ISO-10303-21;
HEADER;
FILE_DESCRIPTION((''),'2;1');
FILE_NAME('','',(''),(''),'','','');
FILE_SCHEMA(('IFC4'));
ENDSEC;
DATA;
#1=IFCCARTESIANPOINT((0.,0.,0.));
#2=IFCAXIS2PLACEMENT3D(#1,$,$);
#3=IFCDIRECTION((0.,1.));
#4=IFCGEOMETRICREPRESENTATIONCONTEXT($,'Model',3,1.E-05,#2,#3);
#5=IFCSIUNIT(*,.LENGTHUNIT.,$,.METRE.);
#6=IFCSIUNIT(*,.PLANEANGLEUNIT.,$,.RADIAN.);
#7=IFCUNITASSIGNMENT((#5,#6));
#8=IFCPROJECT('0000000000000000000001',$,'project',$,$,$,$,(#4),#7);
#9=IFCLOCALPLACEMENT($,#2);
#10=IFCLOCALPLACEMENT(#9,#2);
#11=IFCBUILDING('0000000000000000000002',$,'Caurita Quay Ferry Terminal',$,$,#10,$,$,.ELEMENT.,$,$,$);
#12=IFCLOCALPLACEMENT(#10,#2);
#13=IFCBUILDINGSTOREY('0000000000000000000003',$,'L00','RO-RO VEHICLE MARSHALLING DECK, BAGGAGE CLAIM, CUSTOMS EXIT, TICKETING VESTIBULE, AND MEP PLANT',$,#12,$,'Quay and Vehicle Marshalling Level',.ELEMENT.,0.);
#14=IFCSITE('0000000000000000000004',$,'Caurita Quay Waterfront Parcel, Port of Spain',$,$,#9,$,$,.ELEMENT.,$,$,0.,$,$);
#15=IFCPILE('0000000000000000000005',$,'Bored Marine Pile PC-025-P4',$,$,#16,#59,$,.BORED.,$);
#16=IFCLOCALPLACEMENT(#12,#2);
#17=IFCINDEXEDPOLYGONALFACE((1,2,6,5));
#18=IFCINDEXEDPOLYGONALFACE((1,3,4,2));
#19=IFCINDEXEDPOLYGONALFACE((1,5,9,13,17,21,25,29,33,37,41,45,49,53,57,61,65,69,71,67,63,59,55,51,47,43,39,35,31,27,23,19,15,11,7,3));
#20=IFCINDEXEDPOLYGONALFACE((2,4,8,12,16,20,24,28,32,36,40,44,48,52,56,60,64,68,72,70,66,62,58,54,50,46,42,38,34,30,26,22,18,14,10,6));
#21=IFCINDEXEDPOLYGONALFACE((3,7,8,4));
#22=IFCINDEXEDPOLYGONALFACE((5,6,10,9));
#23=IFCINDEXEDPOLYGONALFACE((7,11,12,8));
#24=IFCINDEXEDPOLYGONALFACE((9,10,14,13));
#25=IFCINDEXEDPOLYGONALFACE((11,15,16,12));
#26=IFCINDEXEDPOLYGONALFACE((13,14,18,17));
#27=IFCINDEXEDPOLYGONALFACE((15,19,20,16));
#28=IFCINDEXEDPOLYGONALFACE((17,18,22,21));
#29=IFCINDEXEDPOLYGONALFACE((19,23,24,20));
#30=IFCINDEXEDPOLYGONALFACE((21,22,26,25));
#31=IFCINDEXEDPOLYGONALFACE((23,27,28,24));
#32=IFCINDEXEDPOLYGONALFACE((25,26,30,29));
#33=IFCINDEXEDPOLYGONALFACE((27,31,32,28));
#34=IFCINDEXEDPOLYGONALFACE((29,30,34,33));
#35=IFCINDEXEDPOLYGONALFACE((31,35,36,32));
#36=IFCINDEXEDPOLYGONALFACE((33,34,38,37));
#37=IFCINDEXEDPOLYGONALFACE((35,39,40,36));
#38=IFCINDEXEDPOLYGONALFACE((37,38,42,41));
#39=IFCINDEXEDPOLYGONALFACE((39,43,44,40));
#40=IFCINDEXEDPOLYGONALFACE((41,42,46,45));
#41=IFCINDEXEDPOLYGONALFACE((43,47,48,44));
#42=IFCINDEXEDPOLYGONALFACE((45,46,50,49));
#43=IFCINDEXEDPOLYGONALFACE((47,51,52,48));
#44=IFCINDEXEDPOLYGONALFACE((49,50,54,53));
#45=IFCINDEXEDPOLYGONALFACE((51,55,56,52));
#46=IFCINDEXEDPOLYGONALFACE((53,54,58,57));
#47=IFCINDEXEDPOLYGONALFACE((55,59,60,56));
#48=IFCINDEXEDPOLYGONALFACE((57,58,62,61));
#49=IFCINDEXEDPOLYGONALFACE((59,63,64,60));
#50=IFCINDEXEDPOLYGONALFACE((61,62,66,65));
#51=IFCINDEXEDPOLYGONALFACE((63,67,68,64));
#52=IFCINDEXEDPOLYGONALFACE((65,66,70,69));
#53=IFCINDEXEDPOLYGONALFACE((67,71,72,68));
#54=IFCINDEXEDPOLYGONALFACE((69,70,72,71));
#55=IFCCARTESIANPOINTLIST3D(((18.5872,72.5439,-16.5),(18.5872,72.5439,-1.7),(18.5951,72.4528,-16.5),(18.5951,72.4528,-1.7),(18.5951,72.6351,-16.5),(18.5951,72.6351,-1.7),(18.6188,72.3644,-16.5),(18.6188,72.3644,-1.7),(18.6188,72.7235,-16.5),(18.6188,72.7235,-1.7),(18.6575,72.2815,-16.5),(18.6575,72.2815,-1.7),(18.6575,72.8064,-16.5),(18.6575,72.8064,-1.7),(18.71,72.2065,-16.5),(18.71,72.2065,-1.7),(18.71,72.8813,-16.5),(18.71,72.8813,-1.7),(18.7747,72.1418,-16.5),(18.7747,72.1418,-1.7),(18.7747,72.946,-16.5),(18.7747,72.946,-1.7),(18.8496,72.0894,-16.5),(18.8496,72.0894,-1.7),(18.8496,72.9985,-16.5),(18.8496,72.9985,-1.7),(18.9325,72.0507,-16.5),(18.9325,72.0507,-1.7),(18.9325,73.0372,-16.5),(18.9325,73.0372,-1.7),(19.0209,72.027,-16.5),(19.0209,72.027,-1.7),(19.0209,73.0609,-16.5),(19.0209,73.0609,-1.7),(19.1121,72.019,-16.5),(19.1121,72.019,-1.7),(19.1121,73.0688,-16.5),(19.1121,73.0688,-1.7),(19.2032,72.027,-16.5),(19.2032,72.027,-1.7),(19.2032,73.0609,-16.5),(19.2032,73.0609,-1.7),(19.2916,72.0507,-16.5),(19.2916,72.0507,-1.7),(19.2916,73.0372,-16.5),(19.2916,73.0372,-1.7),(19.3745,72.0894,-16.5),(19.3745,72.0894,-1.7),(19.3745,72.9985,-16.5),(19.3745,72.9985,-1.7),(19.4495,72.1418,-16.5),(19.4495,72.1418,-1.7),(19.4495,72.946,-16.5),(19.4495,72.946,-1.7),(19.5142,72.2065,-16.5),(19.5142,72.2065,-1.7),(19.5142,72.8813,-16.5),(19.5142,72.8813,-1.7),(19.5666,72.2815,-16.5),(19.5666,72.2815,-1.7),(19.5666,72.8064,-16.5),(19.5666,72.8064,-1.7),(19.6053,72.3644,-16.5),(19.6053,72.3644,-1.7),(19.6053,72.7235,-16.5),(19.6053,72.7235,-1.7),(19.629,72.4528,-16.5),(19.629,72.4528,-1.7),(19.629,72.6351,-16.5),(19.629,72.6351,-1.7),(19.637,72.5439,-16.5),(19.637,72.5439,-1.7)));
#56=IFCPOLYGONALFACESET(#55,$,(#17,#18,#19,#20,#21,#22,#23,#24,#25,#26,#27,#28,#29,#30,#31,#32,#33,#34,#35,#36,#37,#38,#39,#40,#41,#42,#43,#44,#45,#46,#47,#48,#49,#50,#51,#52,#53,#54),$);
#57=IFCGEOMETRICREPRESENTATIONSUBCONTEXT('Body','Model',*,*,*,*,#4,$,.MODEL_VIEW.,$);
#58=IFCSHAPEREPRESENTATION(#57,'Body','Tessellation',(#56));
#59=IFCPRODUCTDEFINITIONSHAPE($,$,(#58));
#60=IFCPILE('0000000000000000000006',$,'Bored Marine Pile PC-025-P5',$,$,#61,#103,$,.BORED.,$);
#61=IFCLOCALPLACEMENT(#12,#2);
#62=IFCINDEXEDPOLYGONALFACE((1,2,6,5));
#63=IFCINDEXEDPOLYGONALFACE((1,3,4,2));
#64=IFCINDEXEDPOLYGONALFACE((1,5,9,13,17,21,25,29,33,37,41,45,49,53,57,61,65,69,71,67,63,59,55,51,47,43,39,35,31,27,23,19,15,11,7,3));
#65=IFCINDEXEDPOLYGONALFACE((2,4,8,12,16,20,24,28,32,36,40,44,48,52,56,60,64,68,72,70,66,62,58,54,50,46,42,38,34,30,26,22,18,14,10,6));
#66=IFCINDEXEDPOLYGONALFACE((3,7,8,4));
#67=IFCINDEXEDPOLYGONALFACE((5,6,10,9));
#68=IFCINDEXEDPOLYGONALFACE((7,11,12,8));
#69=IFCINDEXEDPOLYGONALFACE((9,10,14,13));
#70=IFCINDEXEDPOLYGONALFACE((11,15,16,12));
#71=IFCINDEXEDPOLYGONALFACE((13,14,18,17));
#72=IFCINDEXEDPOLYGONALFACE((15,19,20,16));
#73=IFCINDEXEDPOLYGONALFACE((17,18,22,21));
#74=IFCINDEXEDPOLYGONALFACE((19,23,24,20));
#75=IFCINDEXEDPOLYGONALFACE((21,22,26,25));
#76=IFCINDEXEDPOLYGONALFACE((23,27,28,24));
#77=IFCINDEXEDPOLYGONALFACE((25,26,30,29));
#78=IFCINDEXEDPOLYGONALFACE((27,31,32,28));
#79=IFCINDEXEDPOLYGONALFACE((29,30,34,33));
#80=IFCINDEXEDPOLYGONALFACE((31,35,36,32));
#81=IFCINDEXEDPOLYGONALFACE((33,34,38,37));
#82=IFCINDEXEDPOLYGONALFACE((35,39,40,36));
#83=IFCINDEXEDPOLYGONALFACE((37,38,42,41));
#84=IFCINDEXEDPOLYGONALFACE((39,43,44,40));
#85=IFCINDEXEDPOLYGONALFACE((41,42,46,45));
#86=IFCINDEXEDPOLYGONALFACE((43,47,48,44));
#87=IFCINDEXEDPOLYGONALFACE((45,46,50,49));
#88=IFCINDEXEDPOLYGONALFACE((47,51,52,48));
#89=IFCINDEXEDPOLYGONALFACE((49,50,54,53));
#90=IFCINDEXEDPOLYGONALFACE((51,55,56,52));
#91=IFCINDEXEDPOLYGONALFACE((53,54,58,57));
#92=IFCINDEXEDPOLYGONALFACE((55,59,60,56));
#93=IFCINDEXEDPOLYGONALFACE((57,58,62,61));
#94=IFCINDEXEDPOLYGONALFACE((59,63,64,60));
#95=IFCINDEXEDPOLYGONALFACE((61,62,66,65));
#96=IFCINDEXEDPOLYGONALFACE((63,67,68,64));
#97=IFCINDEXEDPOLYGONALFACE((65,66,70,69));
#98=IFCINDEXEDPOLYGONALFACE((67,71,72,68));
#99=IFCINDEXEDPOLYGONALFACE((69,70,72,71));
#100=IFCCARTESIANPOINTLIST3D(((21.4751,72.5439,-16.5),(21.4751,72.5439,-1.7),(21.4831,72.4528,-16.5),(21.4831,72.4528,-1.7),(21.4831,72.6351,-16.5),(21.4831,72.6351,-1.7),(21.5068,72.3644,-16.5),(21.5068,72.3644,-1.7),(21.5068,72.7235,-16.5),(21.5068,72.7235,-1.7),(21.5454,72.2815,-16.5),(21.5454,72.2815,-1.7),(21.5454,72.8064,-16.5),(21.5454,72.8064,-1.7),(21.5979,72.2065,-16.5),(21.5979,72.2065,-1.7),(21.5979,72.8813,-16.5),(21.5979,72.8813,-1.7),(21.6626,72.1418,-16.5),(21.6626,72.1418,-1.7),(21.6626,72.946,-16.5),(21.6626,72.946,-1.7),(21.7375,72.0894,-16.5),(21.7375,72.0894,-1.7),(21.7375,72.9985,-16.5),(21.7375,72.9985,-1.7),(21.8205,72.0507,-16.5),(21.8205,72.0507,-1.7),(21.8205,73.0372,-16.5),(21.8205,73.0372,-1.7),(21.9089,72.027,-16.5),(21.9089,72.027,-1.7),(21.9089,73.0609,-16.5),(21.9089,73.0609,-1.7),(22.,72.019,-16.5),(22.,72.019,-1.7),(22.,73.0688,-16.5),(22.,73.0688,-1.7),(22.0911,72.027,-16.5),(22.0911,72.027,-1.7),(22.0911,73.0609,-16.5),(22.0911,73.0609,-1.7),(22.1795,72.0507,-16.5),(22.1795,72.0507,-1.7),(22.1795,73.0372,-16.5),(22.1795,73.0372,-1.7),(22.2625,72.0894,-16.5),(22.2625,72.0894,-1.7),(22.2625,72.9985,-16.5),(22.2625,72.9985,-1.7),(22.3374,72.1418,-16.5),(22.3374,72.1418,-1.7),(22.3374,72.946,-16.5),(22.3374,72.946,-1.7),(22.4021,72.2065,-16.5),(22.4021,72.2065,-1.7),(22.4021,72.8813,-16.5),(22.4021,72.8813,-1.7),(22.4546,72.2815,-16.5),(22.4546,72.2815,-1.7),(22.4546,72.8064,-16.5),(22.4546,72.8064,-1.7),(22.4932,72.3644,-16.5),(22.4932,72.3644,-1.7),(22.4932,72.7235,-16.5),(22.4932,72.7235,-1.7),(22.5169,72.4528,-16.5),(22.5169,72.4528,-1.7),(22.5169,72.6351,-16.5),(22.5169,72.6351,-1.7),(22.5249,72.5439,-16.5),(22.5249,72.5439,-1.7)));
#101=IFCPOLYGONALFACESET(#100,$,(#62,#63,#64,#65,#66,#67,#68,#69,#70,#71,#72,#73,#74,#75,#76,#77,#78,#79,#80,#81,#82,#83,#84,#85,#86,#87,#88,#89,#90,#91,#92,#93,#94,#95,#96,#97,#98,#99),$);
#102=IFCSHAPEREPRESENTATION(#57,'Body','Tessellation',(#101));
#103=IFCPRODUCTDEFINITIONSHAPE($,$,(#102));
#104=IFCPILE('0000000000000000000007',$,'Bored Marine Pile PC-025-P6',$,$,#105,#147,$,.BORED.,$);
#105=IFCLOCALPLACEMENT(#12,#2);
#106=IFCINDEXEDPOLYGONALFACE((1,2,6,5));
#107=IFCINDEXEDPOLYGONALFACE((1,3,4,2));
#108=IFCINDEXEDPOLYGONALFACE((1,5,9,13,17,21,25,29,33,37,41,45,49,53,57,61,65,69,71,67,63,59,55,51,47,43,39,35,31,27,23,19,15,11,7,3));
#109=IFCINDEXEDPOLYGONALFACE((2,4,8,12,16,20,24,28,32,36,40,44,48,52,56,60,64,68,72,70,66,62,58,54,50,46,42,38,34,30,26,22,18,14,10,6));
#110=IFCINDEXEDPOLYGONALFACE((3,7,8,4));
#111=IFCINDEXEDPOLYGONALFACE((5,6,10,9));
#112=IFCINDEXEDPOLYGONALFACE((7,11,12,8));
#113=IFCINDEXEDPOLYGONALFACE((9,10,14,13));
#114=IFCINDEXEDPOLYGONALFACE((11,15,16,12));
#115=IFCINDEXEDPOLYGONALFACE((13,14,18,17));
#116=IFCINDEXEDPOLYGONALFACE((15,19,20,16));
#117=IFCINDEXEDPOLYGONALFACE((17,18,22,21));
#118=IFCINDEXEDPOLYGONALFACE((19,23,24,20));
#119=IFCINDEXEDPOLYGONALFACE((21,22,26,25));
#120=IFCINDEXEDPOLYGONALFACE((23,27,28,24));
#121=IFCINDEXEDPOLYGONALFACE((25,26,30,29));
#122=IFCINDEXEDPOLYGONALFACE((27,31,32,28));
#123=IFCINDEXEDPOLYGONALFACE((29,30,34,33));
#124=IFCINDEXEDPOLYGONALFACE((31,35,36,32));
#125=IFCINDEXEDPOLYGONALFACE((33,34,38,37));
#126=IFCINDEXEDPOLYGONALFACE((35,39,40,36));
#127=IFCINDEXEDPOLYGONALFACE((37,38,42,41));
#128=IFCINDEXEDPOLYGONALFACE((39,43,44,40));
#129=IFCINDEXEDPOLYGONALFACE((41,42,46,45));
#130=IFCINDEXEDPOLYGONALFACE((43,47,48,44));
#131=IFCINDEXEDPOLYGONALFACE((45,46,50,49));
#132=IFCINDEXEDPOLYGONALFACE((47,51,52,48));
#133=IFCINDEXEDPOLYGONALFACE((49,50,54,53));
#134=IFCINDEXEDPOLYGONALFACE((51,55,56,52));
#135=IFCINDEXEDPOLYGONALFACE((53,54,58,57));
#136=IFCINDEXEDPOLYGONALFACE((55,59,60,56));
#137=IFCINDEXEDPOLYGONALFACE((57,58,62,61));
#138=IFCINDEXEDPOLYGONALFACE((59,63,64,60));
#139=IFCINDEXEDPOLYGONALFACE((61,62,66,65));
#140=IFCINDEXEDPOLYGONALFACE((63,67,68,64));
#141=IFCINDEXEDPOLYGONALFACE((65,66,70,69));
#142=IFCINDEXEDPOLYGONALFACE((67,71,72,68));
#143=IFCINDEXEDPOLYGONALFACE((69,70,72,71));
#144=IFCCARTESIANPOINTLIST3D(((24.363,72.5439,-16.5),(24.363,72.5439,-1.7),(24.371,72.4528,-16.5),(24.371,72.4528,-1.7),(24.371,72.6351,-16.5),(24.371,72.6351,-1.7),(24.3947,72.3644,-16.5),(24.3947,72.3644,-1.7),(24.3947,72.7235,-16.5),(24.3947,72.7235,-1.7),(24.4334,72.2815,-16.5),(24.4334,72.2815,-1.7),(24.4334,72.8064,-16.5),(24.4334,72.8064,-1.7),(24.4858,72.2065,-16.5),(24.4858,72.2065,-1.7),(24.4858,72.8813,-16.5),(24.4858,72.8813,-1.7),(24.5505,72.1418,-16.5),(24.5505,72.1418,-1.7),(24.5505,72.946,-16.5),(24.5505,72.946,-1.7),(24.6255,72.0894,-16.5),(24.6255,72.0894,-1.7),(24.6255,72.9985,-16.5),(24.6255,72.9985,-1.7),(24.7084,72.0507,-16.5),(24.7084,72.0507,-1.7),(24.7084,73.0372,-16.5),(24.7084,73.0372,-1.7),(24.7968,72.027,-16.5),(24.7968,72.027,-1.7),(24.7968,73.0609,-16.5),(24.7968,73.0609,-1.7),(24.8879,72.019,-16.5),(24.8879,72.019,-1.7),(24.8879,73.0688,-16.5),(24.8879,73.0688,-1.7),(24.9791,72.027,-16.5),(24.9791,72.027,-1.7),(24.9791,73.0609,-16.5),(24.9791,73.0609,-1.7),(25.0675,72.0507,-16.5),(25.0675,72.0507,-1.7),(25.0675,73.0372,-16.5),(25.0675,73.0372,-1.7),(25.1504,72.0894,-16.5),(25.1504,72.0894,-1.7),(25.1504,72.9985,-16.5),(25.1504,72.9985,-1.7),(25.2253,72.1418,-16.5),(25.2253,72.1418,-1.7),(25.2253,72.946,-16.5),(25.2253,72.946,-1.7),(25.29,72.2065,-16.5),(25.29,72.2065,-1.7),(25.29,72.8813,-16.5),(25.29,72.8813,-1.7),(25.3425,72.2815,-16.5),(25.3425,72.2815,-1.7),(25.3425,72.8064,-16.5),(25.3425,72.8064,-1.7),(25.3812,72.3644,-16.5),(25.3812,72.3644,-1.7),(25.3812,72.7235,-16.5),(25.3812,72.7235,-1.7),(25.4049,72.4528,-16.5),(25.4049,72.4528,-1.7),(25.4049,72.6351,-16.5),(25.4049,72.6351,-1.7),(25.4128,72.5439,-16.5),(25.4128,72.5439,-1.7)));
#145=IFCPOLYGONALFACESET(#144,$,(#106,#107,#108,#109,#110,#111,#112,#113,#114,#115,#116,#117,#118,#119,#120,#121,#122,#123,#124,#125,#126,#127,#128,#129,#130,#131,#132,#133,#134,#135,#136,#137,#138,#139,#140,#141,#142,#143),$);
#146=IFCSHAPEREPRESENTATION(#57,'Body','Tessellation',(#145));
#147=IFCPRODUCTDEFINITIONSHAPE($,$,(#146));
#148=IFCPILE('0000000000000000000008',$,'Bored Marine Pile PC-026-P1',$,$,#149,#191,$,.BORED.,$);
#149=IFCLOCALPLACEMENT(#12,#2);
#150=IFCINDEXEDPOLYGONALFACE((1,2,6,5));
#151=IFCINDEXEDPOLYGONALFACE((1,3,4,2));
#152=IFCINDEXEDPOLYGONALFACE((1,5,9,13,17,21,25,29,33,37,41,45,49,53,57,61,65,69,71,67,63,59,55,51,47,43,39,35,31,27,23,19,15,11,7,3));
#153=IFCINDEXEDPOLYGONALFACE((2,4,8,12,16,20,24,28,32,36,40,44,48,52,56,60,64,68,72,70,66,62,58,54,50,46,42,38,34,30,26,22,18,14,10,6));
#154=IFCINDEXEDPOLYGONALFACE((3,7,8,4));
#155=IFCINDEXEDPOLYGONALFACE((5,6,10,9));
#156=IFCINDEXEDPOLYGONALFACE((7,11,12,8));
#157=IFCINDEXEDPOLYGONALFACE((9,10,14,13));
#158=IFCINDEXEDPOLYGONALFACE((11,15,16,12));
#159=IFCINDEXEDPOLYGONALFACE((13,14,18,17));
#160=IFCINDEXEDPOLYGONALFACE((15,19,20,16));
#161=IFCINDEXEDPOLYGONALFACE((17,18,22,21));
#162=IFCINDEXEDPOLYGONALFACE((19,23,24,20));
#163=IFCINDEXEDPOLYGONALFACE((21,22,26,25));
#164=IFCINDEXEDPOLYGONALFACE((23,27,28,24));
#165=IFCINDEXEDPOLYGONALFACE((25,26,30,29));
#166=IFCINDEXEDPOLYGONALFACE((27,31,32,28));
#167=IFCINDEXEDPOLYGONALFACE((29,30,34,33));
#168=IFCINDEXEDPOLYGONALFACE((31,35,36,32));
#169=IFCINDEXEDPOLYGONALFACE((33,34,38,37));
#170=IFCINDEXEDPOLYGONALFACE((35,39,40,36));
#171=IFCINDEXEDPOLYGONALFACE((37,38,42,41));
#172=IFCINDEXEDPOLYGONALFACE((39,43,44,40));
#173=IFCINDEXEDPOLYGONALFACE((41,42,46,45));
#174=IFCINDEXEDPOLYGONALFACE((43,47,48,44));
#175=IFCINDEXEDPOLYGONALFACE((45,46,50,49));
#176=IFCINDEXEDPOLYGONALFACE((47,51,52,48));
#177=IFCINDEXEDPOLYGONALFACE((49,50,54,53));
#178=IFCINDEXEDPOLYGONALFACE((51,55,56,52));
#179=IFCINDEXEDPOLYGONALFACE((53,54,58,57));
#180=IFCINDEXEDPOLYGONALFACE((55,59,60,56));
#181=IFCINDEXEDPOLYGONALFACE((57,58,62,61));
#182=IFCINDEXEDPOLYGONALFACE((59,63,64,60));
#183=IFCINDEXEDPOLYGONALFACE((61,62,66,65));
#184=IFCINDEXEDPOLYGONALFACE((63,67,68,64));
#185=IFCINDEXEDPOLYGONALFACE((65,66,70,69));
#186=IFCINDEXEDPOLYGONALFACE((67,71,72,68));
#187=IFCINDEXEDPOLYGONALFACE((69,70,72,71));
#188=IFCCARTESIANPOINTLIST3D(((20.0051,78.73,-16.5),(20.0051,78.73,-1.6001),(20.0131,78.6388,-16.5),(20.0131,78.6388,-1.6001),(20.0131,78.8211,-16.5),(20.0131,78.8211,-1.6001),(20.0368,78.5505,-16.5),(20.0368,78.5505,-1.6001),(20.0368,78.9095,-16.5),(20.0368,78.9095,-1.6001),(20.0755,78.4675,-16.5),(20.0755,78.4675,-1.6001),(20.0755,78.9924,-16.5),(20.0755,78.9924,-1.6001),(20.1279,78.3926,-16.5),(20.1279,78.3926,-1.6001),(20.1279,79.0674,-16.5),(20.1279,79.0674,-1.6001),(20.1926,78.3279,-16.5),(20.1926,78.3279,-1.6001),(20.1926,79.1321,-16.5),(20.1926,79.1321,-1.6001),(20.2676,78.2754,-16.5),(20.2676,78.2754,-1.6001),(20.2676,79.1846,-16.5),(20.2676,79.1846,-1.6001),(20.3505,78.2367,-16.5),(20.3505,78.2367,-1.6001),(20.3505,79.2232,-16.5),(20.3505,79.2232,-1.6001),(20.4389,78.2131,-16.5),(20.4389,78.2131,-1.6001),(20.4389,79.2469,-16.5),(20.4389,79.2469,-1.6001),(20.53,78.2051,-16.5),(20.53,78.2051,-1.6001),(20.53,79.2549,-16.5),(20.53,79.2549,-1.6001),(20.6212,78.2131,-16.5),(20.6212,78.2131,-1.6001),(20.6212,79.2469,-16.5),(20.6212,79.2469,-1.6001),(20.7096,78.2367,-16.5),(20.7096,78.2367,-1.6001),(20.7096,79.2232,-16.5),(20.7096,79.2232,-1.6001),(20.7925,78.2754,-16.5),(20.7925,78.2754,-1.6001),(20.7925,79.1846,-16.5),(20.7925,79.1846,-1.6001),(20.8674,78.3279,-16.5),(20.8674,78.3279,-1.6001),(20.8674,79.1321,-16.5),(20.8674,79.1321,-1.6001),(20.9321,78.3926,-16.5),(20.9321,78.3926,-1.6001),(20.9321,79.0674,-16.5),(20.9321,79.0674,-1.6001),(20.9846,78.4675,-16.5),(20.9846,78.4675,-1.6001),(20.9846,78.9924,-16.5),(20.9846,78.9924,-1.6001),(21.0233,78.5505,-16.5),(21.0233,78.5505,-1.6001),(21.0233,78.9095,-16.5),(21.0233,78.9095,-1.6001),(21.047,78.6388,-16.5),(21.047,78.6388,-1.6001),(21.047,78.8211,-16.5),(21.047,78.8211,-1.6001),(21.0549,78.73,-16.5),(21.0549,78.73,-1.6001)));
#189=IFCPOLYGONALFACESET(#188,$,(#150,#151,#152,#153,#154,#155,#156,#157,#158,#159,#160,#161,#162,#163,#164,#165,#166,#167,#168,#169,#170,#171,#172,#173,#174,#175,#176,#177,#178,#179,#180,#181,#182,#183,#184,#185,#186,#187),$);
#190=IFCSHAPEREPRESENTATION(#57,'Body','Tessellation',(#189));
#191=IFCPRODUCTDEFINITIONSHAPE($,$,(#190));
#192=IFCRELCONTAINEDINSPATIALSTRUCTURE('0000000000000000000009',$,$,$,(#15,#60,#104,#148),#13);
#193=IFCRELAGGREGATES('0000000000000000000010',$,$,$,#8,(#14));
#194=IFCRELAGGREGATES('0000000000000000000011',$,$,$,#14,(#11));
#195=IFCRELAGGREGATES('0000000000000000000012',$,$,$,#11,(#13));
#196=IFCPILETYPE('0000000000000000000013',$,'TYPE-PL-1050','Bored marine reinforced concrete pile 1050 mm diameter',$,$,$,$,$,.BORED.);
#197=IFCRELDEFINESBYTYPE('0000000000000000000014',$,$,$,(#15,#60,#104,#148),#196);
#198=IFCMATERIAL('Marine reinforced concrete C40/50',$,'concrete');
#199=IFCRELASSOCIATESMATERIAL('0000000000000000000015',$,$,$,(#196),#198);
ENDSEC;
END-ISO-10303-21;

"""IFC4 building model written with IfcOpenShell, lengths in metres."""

from ifc_helpers import new_model, si_unit, direction, frame, origin, origin_2d, place, context, subcontext, project, spatial, circle, extrude, material, material_profile, profile_set, type_object, element, save


model = new_model("IFC4")

# Units and contexts
model_context = context("Model", 3, precision=1e-05, world=origin(), true_north=direction((0.0, 1.0)))
body_context = subcontext(model_context, "Body", "Model", "MODEL_VIEW")
ifc_project = project(units=[si_unit("LENGTHUNIT", "METRE"), si_unit("PLANEANGLEUNIT", "RADIAN")], contexts=[model_context])

# Site, building, storey
site_placement = place(None, origin())
site = spatial("IfcSite", under=ifc_project, at=site_placement, Name="Caurita Quay Waterfront Parcel, Port of Spain", CompositionType="ELEMENT", RefElevation=0.0)
building_placement = place(site_placement, origin())
building = spatial("IfcBuilding", under=site, at=building_placement, Name="Caurita Quay Ferry Terminal", CompositionType="ELEMENT")
storey_placement = place(building_placement, origin())
storey = spatial("IfcBuildingStorey", under=building, at=storey_placement, Name="L00", Description="RO-RO VEHICLE MARSHALLING DECK, BAGGAGE CLAIM, CUSTOMS EXIT, TICKETING VESTIBULE, AND MEP PLANT", LongName="Quay and Vehicle Marshalling Level", CompositionType="ELEMENT", Elevation=0.0)

# Piles
ifc_material_1 = material(Name="Marine reinforced concrete C40/50", Category="concrete")
ifc_material_profile_1 = material_profile(ifc_material_1, circle(Radius=0.5249, at=origin_2d()), Name="PILE-D1050")
ifc_profile_set_1 = profile_set([ifc_material_profile_1], Name="Marine reinforced concrete C40/50")
pile_type = type_object("IfcPileType", Name="TYPE-PL-1050", Description="Bored marine reinforced concrete pile 1050 mm diameter", PredefinedType="BORED", material=ifc_profile_set_1)
for number, where, z_axis, x_axis, name in (
    (1, (19.1121, 72.5439, -1.7), (0.0, 0.0, -1.0), (1.0, 0.0, 0.0), "Bored Marine Pile PC-025-P4"),
    (2, (22.0, 72.5439, -1.7), (0.0, 0.0, -1.0), (1.0, 0.0, 0.0), "Bored Marine Pile PC-025-P5"),
    (3, (24.8879, 72.5439, -1.7), (0.0, 0.0, -1.0), (1.0, 0.0, 0.0), "Bored Marine Pile PC-025-P6"),
):
    element("IfcPile", number, at=place(storey_placement, frame(where, z_axis=z_axis, x_axis=x_axis)), inside=storey, type_object=pile_type, Name=name, PredefinedType="BORED", context=body_context, shape_type="SweptSolid", body=[
        extrude(circle(Radius=0.5249, at=origin_2d()), origin(), (0.0, 0.0, 1.0), 14.8),
    ])
for number, where, z_axis, x_axis, name in (
    (4, (20.53, 78.73, -1.6001), (0.0, 0.0, -1.0), (1.0, 0.0, 0.0), "Bored Marine Pile PC-026-P1"),
):
    element("IfcPile", number, at=place(storey_placement, frame(where, z_axis=z_axis, x_axis=x_axis)), inside=storey, type_object=pile_type, Name=name, PredefinedType="BORED", context=body_context, shape_type="SweptSolid", body=[
        extrude(circle(Radius=0.5249, at=origin_2d()), origin(), (0.0, 0.0, 1.0), 14.8999),
    ])

save(model, "model.ifc")
